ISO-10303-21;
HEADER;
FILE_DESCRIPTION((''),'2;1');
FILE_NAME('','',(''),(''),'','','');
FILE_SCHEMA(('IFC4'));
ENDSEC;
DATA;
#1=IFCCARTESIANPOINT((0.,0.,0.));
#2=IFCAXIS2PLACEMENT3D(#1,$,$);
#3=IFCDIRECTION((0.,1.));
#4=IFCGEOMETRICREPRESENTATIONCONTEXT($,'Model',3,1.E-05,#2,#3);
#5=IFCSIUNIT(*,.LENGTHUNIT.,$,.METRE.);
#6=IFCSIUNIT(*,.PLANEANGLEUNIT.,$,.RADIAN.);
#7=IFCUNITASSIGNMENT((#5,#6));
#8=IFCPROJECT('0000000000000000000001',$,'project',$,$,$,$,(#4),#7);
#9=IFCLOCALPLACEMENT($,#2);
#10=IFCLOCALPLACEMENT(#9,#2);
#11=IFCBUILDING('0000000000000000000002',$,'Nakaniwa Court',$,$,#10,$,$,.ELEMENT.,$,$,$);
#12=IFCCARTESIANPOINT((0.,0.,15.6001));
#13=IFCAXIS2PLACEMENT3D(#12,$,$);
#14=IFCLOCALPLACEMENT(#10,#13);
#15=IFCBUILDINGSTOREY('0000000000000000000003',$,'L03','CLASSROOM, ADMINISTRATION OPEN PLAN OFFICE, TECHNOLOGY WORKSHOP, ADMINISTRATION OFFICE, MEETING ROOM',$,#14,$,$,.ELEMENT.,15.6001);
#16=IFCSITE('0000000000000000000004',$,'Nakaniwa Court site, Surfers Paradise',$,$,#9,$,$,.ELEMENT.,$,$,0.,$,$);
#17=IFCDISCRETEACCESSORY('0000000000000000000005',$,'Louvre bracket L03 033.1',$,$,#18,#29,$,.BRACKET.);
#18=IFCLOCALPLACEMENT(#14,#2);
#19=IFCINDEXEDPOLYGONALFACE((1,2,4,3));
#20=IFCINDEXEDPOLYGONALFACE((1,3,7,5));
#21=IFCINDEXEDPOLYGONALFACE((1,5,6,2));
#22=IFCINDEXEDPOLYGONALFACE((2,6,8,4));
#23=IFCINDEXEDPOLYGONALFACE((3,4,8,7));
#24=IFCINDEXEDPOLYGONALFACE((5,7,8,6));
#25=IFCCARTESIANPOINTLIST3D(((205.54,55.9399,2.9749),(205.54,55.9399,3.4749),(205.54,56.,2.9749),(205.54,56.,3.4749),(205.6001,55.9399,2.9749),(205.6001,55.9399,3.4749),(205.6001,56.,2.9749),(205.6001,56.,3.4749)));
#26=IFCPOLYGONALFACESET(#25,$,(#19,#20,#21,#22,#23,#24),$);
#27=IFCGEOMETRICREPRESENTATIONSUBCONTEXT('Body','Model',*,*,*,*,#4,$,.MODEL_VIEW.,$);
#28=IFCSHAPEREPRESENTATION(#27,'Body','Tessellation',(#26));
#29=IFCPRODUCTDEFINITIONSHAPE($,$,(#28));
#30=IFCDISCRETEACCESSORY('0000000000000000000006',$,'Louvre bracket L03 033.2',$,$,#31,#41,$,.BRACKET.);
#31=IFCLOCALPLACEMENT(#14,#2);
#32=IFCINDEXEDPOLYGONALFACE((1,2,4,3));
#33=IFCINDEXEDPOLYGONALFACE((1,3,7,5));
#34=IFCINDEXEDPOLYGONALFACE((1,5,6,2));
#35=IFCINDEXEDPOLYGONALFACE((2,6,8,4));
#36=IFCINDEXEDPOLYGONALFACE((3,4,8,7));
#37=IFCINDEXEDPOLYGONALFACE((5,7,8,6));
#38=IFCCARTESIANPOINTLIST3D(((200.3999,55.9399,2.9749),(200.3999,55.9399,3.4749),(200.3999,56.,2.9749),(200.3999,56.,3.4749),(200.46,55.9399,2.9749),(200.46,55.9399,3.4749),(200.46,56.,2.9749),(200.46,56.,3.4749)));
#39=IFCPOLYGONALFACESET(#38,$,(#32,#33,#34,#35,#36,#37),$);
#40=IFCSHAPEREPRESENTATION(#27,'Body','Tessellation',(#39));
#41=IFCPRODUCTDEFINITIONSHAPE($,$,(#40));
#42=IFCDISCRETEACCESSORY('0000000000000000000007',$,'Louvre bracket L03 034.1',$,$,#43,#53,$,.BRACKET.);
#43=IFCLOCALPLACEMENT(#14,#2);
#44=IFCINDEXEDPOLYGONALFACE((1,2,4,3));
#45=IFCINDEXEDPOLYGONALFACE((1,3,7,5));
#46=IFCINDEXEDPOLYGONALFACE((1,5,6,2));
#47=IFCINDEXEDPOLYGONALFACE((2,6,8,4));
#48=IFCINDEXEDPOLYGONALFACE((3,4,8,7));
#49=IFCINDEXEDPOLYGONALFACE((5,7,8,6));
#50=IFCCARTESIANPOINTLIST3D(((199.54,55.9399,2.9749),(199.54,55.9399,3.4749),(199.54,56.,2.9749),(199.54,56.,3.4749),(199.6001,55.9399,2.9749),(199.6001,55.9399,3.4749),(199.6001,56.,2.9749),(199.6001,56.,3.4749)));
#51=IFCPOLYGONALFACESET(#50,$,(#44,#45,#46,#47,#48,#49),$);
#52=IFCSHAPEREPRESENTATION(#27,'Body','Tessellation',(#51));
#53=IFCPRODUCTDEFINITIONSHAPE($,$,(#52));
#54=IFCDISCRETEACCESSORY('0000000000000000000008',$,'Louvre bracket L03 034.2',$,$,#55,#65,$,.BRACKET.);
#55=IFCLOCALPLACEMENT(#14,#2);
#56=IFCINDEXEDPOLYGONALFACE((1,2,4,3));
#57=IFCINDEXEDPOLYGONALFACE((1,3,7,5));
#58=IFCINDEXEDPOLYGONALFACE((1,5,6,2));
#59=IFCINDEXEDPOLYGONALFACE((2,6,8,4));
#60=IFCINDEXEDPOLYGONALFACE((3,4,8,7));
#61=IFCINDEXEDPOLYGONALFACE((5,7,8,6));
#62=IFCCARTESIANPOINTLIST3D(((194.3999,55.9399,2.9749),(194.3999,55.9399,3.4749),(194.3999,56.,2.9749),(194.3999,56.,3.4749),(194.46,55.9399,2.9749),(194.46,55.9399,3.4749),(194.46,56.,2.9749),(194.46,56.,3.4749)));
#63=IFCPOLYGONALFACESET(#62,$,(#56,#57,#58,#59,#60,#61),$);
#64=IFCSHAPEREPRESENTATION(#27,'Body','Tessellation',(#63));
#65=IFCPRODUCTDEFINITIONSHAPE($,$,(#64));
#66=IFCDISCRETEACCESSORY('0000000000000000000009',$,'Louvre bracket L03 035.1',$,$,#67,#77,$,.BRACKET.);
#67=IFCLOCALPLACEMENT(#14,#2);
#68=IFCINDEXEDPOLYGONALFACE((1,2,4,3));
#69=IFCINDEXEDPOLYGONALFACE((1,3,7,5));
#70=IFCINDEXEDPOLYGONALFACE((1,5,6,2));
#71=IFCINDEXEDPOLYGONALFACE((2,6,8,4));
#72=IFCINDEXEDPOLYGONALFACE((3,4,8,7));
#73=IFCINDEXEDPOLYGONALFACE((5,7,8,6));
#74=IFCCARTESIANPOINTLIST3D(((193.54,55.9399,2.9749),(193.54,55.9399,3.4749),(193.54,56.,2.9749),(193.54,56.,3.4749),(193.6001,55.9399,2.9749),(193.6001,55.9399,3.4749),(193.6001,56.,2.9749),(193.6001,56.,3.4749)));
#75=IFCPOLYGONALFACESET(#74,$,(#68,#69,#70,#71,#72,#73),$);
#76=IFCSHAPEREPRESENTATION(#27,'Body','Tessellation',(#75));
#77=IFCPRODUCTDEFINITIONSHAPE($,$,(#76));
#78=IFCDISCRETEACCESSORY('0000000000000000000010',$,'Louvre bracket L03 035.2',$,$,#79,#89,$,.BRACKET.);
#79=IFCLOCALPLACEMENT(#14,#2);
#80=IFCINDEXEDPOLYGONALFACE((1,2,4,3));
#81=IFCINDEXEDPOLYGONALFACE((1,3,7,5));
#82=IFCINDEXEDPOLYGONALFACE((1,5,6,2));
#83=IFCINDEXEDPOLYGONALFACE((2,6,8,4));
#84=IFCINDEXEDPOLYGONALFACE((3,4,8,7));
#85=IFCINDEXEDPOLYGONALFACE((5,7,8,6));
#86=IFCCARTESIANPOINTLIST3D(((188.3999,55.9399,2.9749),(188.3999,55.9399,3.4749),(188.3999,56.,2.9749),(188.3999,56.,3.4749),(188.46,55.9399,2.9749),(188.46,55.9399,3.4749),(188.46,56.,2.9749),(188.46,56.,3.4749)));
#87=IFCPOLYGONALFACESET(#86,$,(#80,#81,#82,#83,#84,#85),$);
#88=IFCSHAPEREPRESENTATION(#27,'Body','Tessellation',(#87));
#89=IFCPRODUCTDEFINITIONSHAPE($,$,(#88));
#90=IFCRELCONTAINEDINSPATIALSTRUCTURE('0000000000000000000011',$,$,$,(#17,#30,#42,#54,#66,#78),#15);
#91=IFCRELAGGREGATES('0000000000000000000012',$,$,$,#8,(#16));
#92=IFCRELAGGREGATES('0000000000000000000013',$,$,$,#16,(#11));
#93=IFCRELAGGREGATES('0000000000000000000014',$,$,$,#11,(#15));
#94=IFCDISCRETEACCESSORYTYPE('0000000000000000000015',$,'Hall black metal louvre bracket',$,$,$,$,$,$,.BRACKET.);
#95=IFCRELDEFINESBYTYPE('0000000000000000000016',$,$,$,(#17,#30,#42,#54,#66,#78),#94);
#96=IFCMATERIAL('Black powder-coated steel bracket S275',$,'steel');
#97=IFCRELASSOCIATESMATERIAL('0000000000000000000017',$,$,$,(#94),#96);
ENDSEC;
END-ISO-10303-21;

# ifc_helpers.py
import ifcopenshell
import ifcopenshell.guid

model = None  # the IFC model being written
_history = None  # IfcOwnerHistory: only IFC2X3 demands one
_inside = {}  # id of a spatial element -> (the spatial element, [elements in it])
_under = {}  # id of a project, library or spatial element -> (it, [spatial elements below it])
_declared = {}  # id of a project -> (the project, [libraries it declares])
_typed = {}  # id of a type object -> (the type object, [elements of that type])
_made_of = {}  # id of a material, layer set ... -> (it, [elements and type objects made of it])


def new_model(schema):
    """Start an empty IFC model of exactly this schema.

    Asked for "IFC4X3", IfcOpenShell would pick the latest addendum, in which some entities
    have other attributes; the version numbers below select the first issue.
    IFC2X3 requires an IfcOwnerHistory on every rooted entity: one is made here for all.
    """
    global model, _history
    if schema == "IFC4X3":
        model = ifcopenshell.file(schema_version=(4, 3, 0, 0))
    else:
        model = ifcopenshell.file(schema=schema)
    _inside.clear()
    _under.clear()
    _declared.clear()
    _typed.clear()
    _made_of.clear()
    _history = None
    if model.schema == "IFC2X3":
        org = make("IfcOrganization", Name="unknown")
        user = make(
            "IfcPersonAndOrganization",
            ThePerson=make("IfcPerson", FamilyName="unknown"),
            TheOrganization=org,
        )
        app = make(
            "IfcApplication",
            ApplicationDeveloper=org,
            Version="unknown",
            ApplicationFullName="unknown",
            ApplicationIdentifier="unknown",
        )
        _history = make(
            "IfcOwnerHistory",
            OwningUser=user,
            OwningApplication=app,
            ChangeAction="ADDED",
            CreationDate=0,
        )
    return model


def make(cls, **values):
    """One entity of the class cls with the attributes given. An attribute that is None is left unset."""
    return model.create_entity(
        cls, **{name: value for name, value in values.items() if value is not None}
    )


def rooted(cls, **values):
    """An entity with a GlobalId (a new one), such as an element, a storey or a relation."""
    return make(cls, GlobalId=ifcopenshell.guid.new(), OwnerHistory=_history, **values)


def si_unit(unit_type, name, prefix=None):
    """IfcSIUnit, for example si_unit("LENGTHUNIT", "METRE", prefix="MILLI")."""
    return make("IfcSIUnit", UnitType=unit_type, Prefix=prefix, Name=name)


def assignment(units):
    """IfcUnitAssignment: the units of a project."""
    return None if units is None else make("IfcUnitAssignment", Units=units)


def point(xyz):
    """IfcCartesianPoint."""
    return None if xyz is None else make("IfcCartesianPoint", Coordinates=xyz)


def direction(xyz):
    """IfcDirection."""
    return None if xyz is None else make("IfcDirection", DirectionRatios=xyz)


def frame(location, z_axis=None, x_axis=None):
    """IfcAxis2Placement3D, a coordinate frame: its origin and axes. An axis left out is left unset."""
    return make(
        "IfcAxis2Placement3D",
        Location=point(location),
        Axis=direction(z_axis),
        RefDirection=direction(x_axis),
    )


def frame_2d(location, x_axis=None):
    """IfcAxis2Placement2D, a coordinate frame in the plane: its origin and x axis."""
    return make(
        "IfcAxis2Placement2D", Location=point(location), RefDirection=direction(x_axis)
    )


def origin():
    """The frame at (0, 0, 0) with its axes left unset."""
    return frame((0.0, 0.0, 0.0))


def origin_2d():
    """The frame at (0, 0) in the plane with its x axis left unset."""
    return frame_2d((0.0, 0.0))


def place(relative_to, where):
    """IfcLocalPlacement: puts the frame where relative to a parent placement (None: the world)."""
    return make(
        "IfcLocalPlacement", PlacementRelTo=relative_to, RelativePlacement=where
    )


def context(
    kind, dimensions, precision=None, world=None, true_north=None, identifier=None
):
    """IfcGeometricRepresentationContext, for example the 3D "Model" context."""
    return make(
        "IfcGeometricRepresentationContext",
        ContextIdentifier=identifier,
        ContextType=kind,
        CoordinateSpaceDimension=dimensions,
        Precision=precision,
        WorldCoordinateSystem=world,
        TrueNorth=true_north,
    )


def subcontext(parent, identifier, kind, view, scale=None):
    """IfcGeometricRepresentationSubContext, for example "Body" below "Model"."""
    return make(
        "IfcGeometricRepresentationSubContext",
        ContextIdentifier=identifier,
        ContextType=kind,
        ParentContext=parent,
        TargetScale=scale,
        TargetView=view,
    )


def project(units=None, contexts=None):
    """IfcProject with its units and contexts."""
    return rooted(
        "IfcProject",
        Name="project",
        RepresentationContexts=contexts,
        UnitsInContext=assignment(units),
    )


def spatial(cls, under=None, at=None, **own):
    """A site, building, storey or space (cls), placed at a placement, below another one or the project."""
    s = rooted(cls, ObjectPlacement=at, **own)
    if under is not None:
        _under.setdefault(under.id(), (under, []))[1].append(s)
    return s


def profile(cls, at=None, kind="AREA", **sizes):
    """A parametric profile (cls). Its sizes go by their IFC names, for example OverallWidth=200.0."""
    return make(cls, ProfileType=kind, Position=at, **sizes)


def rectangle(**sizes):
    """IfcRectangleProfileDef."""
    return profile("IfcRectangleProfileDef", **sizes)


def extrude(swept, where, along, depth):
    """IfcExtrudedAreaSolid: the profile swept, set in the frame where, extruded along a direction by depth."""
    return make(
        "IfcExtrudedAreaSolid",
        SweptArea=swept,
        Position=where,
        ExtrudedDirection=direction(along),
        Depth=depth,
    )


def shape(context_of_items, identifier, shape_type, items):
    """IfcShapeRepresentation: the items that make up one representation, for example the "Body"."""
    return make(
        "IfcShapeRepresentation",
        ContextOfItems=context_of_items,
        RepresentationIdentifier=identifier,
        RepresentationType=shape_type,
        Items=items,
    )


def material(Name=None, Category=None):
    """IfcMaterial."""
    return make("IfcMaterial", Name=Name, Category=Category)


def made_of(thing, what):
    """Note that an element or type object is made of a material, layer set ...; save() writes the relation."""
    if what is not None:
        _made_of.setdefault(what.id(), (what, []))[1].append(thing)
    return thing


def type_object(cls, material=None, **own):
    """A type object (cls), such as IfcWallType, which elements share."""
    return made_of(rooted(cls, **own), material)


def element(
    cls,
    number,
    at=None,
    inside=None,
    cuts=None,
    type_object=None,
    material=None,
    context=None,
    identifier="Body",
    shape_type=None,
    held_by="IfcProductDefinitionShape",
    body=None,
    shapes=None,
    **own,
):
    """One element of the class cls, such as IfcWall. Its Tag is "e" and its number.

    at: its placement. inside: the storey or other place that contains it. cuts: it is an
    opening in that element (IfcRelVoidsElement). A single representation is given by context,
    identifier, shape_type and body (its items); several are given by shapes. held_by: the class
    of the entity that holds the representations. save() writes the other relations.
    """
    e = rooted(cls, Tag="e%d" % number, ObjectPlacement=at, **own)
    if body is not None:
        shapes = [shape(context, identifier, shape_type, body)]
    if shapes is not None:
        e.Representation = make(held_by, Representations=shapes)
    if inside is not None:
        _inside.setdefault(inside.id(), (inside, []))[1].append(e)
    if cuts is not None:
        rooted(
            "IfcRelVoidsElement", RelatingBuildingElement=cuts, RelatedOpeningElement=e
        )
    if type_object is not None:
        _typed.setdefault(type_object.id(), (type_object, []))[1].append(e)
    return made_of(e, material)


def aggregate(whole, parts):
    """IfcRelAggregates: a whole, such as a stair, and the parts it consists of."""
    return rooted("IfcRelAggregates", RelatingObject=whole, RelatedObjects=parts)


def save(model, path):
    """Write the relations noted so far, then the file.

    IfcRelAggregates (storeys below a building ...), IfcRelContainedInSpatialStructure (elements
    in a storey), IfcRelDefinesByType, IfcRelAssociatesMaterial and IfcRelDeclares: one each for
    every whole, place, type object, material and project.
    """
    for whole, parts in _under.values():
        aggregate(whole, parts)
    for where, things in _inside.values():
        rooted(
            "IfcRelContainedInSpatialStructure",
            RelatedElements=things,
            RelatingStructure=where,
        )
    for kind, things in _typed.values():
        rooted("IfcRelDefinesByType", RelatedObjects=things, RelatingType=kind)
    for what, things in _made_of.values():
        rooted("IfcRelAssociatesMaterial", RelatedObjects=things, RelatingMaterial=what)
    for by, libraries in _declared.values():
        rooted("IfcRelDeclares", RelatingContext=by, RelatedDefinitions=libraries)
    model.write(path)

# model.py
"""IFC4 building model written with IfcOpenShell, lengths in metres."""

from ifc_helpers import new_model, si_unit, direction, frame, origin, origin_2d, place, context, subcontext, project, spatial, rectangle, extrude, material, type_object, element, save


model = new_model("IFC4")

# Units and contexts
model_context = context("Model", 3, precision=1e-05, world=origin(), true_north=direction((0.0, 1.0)))
body_context = subcontext(model_context, "Body", "Model", "MODEL_VIEW")
ifc_project = project(units=[si_unit("LENGTHUNIT", "METRE"), si_unit("PLANEANGLEUNIT", "RADIAN")], contexts=[model_context])

# Site, building, storey
site_placement = place(None, origin())
site = spatial("IfcSite", under=ifc_project, at=site_placement, Name="Nakaniwa Court site, Surfers Paradise", CompositionType="ELEMENT", RefElevation=0.0)
building_placement = place(site_placement, origin())
building = spatial("IfcBuilding", under=site, at=building_placement, Name="Nakaniwa Court", CompositionType="ELEMENT")
storey_placement = place(building_placement, frame((0.0, 0.0, 15.6001)))
storey = spatial("IfcBuildingStorey", under=building, at=storey_placement, Name="L03", Description="CLASSROOM, ADMINISTRATION OPEN PLAN OFFICE, TECHNOLOGY WORKSHOP, ADMINISTRATION OFFICE, MEETING ROOM", CompositionType="ELEMENT", Elevation=15.6001)

# Discrete accessories
ifc_material_1 = material(Name="Black powder-coated steel bracket S275", Category="steel")
discrete_accessory_type = type_object("IfcDiscreteAccessoryType", Name="Hall black metal louvre bracket", PredefinedType="BRACKET", material=ifc_material_1)
for number, where, z_axis, x_axis, name in (
    (1, (205.5701, 55.97, 2.9749), (0.0, 0.0, 1.0), (-1.0, 0.0, 0.0), "Louvre bracket L03 033.1"),
    (2, (200.4299, 55.97, 2.9749), (0.0, 0.0, 1.0), (-1.0, 0.0, 0.0), "Louvre bracket L03 033.2"),
    (3, (199.5701, 55.97, 2.9749), (0.0, 0.0, 1.0), (-1.0, 0.0, 0.0), "Louvre bracket L03 034.1"),
    (4, (194.4299, 55.97, 2.9749), (0.0, 0.0, 1.0), (-1.0, 0.0, 0.0), "Louvre bracket L03 034.2"),
    (5, (193.5701, 55.97, 2.9749), (0.0, 0.0, 1.0), (-1.0, 0.0, 0.0), "Louvre bracket L03 035.1"),
    (6, (188.4299, 55.97, 2.9749), (0.0, 0.0, 1.0), (-1.0, 0.0, 0.0), "Louvre bracket L03 035.2"),
):
    element("IfcDiscreteAccessory", number, at=place(storey_placement, frame(where, z_axis=z_axis, x_axis=x_axis)), inside=storey, type_object=discrete_accessory_type, Name=name, PredefinedType="BRACKET", context=body_context, shape_type="SweptSolid", body=[
        extrude(rectangle(XDim=0.0601, YDim=0.0601, at=origin_2d()), origin(), (0.0, 0.0, 1.0), 0.5),
    ])

save(model, "model.ifc")
